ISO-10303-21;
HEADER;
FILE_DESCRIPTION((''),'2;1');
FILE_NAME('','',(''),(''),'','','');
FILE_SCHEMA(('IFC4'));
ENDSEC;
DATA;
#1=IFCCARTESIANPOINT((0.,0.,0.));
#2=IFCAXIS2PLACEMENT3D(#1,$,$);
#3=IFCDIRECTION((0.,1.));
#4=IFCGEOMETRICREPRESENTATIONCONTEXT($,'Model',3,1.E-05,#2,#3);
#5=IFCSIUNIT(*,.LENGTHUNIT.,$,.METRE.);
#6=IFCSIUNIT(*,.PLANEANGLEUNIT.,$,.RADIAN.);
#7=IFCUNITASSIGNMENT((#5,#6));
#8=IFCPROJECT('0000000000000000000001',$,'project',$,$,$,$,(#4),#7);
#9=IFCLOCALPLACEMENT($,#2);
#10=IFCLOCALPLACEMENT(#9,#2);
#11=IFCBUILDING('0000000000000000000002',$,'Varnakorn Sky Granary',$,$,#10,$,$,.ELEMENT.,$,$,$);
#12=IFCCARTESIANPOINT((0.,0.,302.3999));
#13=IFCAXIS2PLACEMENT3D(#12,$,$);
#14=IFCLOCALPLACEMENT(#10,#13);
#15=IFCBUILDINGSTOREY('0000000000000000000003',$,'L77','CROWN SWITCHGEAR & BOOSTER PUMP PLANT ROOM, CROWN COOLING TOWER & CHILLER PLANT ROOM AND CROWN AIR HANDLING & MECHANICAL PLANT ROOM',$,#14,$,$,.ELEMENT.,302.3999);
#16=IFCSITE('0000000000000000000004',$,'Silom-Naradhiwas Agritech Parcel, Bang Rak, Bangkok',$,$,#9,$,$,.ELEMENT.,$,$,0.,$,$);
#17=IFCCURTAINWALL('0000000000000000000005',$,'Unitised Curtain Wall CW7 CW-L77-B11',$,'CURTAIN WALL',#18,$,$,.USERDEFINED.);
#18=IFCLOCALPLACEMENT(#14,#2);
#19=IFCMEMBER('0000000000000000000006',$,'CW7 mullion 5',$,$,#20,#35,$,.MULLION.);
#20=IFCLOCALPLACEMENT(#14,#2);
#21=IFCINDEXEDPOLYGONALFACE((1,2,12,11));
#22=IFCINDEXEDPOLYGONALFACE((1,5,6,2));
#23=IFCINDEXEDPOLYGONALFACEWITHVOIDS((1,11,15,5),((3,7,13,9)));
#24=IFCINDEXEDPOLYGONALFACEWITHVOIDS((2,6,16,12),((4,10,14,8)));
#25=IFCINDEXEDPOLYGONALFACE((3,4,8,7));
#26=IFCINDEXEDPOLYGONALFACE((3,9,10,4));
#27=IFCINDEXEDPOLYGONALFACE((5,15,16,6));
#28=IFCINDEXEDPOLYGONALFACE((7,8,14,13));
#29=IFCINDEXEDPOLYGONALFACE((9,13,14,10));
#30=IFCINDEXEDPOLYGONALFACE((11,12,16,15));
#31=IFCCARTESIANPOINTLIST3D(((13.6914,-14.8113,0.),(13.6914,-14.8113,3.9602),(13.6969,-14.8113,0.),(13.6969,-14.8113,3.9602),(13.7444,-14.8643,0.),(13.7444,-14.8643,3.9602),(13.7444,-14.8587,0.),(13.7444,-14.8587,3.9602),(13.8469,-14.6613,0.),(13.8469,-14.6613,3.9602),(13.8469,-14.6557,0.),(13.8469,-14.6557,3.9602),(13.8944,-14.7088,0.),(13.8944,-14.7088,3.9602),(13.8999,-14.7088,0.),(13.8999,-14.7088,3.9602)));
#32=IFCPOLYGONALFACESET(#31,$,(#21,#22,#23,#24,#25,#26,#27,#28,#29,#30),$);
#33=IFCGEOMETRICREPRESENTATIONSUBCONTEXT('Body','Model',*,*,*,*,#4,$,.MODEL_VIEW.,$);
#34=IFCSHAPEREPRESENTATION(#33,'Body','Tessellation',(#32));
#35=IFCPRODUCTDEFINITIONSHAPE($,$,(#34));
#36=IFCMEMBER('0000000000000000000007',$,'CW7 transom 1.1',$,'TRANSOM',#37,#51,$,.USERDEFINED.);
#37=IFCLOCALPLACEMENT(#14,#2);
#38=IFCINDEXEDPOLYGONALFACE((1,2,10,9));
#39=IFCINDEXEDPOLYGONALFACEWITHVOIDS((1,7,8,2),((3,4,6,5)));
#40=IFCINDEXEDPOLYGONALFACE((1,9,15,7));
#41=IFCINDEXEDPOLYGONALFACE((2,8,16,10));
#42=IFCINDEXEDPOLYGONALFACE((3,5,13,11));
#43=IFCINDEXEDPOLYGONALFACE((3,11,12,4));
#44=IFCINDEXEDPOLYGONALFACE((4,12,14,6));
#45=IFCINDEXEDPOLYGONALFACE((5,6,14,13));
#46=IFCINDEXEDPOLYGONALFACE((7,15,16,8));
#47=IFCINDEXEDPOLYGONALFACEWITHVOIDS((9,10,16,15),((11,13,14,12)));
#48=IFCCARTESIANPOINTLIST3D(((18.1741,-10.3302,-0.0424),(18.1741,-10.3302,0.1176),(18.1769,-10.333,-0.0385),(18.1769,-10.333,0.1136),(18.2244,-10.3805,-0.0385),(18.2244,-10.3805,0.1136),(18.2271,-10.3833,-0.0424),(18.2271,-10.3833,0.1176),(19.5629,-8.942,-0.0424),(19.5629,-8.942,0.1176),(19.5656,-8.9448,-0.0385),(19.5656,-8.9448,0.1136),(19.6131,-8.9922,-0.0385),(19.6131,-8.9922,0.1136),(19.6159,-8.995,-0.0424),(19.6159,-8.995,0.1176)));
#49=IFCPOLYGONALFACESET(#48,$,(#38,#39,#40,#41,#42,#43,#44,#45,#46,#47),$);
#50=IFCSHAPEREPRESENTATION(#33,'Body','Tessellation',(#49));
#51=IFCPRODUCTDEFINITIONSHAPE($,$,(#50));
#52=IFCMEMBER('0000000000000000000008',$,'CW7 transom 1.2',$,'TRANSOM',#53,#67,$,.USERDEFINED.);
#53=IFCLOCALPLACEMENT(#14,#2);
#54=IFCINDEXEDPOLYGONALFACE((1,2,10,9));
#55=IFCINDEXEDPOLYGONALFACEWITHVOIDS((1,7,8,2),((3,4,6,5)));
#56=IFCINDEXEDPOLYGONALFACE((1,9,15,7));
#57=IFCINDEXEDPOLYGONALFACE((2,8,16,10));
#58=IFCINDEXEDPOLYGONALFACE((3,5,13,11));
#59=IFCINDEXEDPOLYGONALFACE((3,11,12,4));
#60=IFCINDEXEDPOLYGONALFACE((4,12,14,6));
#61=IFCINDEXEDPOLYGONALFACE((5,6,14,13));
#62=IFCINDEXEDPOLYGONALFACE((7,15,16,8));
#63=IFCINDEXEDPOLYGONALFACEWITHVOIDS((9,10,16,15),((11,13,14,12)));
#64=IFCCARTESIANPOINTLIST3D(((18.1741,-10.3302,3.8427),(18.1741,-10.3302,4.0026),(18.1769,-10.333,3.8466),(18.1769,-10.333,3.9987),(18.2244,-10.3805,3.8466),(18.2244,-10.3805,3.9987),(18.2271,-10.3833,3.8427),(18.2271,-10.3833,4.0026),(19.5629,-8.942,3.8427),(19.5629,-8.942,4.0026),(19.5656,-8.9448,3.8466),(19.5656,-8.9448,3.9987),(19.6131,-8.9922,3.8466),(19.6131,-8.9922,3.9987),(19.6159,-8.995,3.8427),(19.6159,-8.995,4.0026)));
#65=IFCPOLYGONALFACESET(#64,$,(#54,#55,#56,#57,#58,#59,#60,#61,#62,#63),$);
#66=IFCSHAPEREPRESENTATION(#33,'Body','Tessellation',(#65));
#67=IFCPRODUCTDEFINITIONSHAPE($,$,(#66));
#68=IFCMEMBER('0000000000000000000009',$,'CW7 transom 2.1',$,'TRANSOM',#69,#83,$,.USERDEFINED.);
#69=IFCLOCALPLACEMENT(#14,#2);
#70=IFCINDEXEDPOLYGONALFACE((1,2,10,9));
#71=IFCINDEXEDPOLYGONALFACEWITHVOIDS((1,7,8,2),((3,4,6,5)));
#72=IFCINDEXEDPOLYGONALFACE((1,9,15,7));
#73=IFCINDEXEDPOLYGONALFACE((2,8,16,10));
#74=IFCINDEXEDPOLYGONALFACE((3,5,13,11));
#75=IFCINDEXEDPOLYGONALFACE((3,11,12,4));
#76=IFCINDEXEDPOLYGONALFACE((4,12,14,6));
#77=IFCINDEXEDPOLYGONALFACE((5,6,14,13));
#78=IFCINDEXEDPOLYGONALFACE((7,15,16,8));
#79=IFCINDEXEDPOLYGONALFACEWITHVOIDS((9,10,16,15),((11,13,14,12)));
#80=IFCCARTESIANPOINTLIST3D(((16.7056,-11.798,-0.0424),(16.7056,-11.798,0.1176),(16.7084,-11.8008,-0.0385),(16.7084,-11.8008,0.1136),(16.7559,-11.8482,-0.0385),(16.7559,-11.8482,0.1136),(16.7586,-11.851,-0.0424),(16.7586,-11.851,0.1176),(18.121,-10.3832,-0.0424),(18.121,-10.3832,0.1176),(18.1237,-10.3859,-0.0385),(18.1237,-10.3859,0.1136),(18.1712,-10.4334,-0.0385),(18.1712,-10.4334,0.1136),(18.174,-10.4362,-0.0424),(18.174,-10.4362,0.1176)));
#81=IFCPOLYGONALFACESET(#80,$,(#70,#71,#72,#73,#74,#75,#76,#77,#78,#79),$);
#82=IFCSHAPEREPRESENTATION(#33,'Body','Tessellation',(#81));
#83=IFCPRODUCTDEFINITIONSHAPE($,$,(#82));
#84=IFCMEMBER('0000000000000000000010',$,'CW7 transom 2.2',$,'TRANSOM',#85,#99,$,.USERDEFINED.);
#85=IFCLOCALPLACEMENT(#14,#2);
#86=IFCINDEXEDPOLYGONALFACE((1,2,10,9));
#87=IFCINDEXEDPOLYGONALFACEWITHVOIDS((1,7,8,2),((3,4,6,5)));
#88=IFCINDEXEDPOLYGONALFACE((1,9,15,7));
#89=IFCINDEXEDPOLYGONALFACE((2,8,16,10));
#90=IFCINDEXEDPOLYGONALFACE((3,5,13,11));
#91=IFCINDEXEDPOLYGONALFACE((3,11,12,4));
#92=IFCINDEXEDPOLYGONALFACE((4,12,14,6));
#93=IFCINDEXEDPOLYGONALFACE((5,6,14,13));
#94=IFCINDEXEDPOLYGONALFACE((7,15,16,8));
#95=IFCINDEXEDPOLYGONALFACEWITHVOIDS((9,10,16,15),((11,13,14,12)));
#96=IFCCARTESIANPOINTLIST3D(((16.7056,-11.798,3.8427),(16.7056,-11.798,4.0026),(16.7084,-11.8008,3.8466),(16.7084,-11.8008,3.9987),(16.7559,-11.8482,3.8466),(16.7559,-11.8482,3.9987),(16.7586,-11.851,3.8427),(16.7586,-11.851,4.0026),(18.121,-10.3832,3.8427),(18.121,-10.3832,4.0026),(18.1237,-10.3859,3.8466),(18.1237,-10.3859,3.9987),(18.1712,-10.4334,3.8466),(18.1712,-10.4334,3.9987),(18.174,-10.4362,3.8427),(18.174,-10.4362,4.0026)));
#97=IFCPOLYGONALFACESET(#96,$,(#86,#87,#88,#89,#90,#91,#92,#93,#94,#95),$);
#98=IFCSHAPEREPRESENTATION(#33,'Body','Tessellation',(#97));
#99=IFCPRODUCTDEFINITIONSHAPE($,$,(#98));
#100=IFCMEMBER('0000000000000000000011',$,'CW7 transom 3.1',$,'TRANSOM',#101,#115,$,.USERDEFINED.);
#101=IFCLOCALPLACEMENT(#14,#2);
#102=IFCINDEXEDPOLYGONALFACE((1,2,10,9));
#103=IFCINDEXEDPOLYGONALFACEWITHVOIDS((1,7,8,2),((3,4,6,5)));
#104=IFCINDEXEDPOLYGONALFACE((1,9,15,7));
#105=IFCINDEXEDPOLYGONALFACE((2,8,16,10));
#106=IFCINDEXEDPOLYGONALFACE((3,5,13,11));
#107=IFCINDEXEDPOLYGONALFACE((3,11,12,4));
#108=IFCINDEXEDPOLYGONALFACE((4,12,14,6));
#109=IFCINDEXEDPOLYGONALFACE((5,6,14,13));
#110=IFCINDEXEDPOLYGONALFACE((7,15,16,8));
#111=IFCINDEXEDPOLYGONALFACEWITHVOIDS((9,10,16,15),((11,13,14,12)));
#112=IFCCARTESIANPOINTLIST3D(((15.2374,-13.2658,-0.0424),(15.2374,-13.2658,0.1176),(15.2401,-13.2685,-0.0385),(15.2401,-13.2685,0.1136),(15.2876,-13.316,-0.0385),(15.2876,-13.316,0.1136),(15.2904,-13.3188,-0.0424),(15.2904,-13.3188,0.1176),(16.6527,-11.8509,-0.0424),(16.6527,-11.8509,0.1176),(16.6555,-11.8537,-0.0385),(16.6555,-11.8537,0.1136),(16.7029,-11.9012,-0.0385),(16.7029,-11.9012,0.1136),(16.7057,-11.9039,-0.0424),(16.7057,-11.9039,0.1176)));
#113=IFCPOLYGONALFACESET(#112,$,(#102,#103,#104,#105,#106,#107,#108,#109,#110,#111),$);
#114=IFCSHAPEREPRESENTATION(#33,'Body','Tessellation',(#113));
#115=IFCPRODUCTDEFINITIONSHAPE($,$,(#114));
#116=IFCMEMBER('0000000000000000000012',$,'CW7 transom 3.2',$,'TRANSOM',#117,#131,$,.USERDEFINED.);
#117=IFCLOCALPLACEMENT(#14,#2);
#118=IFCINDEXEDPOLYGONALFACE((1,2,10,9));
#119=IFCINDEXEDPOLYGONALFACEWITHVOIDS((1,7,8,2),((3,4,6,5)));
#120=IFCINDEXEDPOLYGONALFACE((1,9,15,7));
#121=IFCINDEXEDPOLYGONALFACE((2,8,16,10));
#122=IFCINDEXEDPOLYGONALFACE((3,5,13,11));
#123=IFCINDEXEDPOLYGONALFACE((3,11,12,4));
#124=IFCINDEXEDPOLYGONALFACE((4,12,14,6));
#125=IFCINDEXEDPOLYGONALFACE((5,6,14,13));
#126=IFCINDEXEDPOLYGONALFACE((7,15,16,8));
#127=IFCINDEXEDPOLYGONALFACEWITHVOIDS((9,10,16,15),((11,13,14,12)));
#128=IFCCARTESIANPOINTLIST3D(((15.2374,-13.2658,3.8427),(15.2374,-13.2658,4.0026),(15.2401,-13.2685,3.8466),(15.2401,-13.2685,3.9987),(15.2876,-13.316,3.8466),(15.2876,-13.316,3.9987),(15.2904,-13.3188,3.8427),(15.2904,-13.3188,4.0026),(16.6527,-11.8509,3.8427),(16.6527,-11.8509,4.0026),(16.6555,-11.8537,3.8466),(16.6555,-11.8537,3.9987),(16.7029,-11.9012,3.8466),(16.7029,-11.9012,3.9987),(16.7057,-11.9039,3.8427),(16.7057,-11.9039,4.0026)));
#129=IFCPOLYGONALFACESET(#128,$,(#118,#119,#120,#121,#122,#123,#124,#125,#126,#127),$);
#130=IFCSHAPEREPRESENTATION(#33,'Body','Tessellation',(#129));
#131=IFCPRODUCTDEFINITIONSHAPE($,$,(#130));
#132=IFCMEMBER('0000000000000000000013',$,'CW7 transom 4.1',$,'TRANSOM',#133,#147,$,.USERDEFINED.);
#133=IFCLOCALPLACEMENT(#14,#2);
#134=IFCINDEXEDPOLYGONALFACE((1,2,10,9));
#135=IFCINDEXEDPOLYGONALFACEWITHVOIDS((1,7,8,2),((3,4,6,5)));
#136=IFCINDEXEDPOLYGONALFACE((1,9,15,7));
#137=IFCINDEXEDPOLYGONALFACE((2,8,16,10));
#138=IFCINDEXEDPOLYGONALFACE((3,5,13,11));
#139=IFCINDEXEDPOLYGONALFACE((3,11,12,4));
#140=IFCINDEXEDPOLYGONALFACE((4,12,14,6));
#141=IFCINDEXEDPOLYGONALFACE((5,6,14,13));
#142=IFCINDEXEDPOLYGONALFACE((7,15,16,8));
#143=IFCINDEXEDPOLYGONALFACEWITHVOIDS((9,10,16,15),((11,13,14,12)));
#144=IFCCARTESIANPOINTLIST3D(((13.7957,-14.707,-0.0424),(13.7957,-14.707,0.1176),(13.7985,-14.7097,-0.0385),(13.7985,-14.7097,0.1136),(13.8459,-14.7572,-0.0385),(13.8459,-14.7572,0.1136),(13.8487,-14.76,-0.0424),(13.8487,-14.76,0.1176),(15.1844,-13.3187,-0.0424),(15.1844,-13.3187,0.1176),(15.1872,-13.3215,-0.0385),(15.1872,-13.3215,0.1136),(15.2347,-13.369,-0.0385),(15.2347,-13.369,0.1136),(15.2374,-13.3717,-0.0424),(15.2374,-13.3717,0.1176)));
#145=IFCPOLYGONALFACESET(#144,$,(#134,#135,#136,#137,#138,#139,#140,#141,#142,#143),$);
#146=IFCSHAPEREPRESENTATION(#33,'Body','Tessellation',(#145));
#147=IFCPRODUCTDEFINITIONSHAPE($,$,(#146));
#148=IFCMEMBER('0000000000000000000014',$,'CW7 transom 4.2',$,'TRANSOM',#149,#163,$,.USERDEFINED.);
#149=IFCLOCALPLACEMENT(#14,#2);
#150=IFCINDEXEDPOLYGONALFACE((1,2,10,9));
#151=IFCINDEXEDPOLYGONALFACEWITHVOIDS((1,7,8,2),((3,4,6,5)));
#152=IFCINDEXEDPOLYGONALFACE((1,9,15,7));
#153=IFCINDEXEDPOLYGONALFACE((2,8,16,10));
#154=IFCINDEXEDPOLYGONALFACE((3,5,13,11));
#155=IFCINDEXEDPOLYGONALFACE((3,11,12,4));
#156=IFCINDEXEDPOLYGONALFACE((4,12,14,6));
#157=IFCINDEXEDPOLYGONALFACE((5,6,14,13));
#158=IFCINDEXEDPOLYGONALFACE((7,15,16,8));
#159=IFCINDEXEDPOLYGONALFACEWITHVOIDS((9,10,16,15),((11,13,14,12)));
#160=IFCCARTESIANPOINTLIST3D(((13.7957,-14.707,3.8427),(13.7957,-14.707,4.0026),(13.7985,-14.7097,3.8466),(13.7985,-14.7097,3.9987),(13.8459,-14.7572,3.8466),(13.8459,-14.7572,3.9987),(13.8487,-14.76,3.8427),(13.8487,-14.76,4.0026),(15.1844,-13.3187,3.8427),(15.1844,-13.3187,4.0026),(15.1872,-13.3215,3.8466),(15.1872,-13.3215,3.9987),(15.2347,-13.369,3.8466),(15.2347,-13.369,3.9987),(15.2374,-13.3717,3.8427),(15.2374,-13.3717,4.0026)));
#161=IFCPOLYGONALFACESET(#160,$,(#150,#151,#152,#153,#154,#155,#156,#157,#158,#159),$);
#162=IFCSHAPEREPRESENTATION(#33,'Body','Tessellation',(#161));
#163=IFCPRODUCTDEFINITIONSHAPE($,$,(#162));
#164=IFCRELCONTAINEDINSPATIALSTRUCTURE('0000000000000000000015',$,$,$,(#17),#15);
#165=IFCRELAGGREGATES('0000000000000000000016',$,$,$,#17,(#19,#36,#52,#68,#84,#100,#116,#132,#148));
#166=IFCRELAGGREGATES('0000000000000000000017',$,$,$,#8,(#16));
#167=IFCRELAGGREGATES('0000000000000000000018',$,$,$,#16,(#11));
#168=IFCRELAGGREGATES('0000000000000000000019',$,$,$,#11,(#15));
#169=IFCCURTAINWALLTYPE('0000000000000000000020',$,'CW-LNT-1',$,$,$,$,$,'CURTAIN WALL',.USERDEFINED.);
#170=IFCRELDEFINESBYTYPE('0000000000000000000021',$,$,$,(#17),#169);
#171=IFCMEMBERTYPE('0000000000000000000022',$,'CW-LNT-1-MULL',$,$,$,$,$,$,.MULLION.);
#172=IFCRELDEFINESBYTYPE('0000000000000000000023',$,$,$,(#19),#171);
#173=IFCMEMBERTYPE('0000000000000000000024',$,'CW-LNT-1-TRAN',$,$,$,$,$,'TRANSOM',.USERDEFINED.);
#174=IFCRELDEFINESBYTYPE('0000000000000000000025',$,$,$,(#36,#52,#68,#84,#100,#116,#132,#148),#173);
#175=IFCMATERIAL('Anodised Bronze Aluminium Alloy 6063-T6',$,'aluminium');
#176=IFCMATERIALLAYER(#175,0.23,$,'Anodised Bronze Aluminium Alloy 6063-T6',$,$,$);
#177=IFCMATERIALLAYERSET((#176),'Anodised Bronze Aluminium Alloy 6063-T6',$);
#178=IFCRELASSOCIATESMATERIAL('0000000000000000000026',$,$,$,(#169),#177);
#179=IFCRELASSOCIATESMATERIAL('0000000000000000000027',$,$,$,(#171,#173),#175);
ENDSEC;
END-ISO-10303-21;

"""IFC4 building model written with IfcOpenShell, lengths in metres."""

from ifc_helpers import new_model, si_unit, direction, frame, origin, origin_2d, place, context, subcontext, project, spatial, hollow_rectangle, extrude, material, layer, layer_set, material_profile, profile_set, type_object, element, aggregate, save


model = new_model("IFC4")

# Units and contexts
model_context = context("Model", 3, precision=1e-05, world=origin(), true_north=direction((0.0, 1.0)))
body_context = subcontext(model_context, "Body", "Model", "MODEL_VIEW")
ifc_project = project(units=[si_unit("LENGTHUNIT", "METRE"), si_unit("PLANEANGLEUNIT", "RADIAN")], contexts=[model_context])

# Site, building, storey
site_placement = place(None, origin())
site = spatial("IfcSite", under=ifc_project, at=site_placement, Name="Silom-Naradhiwas Agritech Parcel, Bang Rak, Bangkok", CompositionType="ELEMENT", RefElevation=0.0)
building_placement = place(site_placement, origin())
building = spatial("IfcBuilding", under=site, at=building_placement, Name="Varnakorn Sky Granary", CompositionType="ELEMENT")
storey_placement = place(building_placement, frame((0.0, 0.0, 302.3999)))
storey = spatial("IfcBuildingStorey", under=building, at=storey_placement, Name="L77", Description="CROWN SWITCHGEAR & BOOSTER PUMP PLANT ROOM, CROWN COOLING TOWER & CHILLER PLANT ROOM AND CROWN AIR HANDLING & MECHANICAL PLANT ROOM", CompositionType="ELEMENT", Elevation=302.3999)

# Curtain wall, members
ifc_material_1 = material(Name="Anodised Bronze Aluminium Alloy 6063-T6", Category="aluminium")
ifc_layer_1 = layer(ifc_material_1, 0.23, Name="Anodised Bronze Aluminium Alloy 6063-T6")
ifc_layer_set_1 = layer_set([ifc_layer_1], Name="Anodised Bronze Aluminium Alloy 6063-T6")
curtain_wall_type = type_object("IfcCurtainWallType", Name="CW-LNT-1", ElementType="CURTAIN WALL", PredefinedType="USERDEFINED", material=ifc_layer_set_1)
curtain_wall_placement = place(storey_placement, origin())
curtain_wall = element("IfcCurtainWall", 1, at=curtain_wall_placement, inside=storey, type_object=curtain_wall_type, Name="Unitised Curtain Wall CW7 CW-L77-B11", ObjectType="CURTAIN WALL", PredefinedType="USERDEFINED")
ifc_material_profile_1 = material_profile(ifc_material_1, hollow_rectangle(XDim=0.075, YDim=0.22, WallThickness=0.0039, at=origin_2d()), Name="ALU MULL 75x220")
ifc_profile_set_1 = profile_set([ifc_material_profile_1], Name="Anodised Bronze Aluminium Alloy 6063-T6")
member_type_1 = type_object("IfcMemberType", Name="CW-LNT-1-MULL", PredefinedType="MULLION", material=ifc_profile_set_1)
member_1_placement = place(storey_placement, frame((13.7957, -14.76, 0.0), z_axis=(0.0, 0.0, 1.0), x_axis=(0.706962, -0.707251, 0.0)))
member_1 = element("IfcMember", 2, at=member_1_placement, type_object=member_type_1, Name="CW7 mullion 5", PredefinedType="MULLION", context=body_context, shape_type="SweptSolid", body=[
    extrude(hollow_rectangle(XDim=0.075, YDim=0.22, WallThickness=0.0039, at=origin_2d()), origin(), (0.0, 0.0, 1.0), 3.9602),
])
ifc_material_profile_2 = material_profile(ifc_material_1, hollow_rectangle(XDim=0.075, YDim=0.1599, WallThickness=0.0039, at=origin_2d()), Name="ALU TRAN 75x160")
ifc_profile_set_2 = profile_set([ifc_material_profile_2], Name="Anodised Bronze Aluminium Alloy 6063-T6")
member_type_2 = type_object("IfcMemberType", Name="CW-LNT-1-TRAN", ElementType="TRANSOM", PredefinedType="USERDEFINED", material=ifc_profile_set_2)
member_2_placement = place(storey_placement, frame((19.5894, -8.9685, 0.0376), z_axis=(-0.707231, -0.706982, 0.0), x_axis=(0.706982, -0.707231, 0.0)))
member_2 = element("IfcMember", 3, at=member_2_placement, type_object=member_type_2, Name="CW7 transom 1.1", ObjectType="TRANSOM", PredefinedType="USERDEFINED", context=body_context, shape_type="SweptSolid", body=[
    extrude(hollow_rectangle(XDim=0.075, YDim=0.1599, WallThickness=0.0039, at=origin_2d()), origin(), (0.0, 0.0, 1.0), 1.9636),
])
member_3_placement = place(storey_placement, frame((19.5894, -8.9685, 3.9226), z_axis=(-0.707231, -0.706982, 0.0), x_axis=(0.706982, -0.707231, 0.0)))
member_3 = element("IfcMember", 4, at=member_3_placement, type_object=member_type_2, Name="CW7 transom 1.2", ObjectType="TRANSOM", PredefinedType="USERDEFINED", context=body_context, shape_type="SweptSolid", body=[
    extrude(hollow_rectangle(XDim=0.075, YDim=0.1599, WallThickness=0.0039, at=origin_2d()), origin(), (0.0, 0.0, 1.0), 1.9636),
])
member_4_placement = place(storey_placement, frame((18.1475, -10.4097, 0.0376), z_axis=(-0.707229, -0.706985, 0.0), x_axis=(0.706985, -0.707229, 0.0)))
member_4 = element("IfcMember", 5, at=member_4_placement, type_object=member_type_2, Name="CW7 transom 2.1", ObjectType="TRANSOM", PredefinedType="USERDEFINED", context=body_context, shape_type="SweptSolid", body=[
    extrude(hollow_rectangle(XDim=0.075, YDim=0.1599, WallThickness=0.0039, at=origin_2d()), origin(), (0.0, 0.0, 1.0), 2.0012),
])
member_5_placement = place(storey_placement, frame((18.1475, -10.4097, 3.9226), z_axis=(-0.707229, -0.706985, 0.0), x_axis=(0.706985, -0.707229, 0.0)))
member_5 = element("IfcMember", 6, at=member_5_placement, type_object=member_type_2, Name="CW7 transom 2.2", ObjectType="TRANSOM", PredefinedType="USERDEFINED", context=body_context, shape_type="SweptSolid", body=[
    extrude(hollow_rectangle(XDim=0.075, YDim=0.1599, WallThickness=0.0039, at=origin_2d()), origin(), (0.0, 0.0, 1.0), 2.0012),
])
member_6_placement = place(storey_placement, frame((16.6792, -11.8774, 0.0376), z_axis=(-0.707229, -0.706985, 0.0), x_axis=(0.706985, -0.707229, 0.0)))
member_6 = element("IfcMember", 7, at=member_6_placement, type_object=member_type_2, Name="CW7 transom 3.1", ObjectType="TRANSOM", PredefinedType="USERDEFINED", context=body_context, shape_type="SweptSolid", body=[
    extrude(hollow_rectangle(XDim=0.075, YDim=0.1599, WallThickness=0.0039, at=origin_2d()), origin(), (0.0, 0.0, 1.0), 2.0012),
])
member_7_placement = place(storey_placement, frame((16.6792, -11.8774, 3.9226), z_axis=(-0.707229, -0.706985, 0.0), x_axis=(0.706985, -0.707229, 0.0)))
member_7 = element("IfcMember", 8, at=member_7_placement, type_object=member_type_2, Name="CW7 transom 3.2", ObjectType="TRANSOM", PredefinedType="USERDEFINED", context=body_context, shape_type="SweptSolid", body=[
    extrude(hollow_rectangle(XDim=0.075, YDim=0.1599, WallThickness=0.0039, at=origin_2d()), origin(), (0.0, 0.0, 1.0), 2.0012),
])
member_8_placement = place(storey_placement, frame((15.2109, -13.3452, 0.0376), z_axis=(-0.707231, -0.706982, 0.0), x_axis=(0.706982, -0.707231, 0.0)))
member_8 = element("IfcMember", 9, at=member_8_placement, type_object=member_type_2, Name="CW7 transom 4.1", ObjectType="TRANSOM", PredefinedType="USERDEFINED", context=body_context, shape_type="SweptSolid", body=[
    extrude(hollow_rectangle(XDim=0.075, YDim=0.1599, WallThickness=0.0039, at=origin_2d()), origin(), (0.0, 0.0, 1.0), 1.9636),
])
member_9_placement = place(storey_placement, frame((15.2109, -13.3452, 3.9226), z_axis=(-0.707231, -0.706982, 0.0), x_axis=(0.706982, -0.707231, 0.0)))
member_9 = element("IfcMember", 10, at=member_9_placement, type_object=member_type_2, Name="CW7 transom 4.2", ObjectType="TRANSOM", PredefinedType="USERDEFINED", context=body_context, shape_type="SweptSolid", body=[
    extrude(hollow_rectangle(XDim=0.075, YDim=0.1599, WallThickness=0.0039, at=origin_2d()), origin(), (0.0, 0.0, 1.0), 1.9636),
])

aggregate(curtain_wall, [member_1, member_2, member_3, member_4, member_5, member_6, member_7, member_8, member_9])

save(model, "model.ifc")
